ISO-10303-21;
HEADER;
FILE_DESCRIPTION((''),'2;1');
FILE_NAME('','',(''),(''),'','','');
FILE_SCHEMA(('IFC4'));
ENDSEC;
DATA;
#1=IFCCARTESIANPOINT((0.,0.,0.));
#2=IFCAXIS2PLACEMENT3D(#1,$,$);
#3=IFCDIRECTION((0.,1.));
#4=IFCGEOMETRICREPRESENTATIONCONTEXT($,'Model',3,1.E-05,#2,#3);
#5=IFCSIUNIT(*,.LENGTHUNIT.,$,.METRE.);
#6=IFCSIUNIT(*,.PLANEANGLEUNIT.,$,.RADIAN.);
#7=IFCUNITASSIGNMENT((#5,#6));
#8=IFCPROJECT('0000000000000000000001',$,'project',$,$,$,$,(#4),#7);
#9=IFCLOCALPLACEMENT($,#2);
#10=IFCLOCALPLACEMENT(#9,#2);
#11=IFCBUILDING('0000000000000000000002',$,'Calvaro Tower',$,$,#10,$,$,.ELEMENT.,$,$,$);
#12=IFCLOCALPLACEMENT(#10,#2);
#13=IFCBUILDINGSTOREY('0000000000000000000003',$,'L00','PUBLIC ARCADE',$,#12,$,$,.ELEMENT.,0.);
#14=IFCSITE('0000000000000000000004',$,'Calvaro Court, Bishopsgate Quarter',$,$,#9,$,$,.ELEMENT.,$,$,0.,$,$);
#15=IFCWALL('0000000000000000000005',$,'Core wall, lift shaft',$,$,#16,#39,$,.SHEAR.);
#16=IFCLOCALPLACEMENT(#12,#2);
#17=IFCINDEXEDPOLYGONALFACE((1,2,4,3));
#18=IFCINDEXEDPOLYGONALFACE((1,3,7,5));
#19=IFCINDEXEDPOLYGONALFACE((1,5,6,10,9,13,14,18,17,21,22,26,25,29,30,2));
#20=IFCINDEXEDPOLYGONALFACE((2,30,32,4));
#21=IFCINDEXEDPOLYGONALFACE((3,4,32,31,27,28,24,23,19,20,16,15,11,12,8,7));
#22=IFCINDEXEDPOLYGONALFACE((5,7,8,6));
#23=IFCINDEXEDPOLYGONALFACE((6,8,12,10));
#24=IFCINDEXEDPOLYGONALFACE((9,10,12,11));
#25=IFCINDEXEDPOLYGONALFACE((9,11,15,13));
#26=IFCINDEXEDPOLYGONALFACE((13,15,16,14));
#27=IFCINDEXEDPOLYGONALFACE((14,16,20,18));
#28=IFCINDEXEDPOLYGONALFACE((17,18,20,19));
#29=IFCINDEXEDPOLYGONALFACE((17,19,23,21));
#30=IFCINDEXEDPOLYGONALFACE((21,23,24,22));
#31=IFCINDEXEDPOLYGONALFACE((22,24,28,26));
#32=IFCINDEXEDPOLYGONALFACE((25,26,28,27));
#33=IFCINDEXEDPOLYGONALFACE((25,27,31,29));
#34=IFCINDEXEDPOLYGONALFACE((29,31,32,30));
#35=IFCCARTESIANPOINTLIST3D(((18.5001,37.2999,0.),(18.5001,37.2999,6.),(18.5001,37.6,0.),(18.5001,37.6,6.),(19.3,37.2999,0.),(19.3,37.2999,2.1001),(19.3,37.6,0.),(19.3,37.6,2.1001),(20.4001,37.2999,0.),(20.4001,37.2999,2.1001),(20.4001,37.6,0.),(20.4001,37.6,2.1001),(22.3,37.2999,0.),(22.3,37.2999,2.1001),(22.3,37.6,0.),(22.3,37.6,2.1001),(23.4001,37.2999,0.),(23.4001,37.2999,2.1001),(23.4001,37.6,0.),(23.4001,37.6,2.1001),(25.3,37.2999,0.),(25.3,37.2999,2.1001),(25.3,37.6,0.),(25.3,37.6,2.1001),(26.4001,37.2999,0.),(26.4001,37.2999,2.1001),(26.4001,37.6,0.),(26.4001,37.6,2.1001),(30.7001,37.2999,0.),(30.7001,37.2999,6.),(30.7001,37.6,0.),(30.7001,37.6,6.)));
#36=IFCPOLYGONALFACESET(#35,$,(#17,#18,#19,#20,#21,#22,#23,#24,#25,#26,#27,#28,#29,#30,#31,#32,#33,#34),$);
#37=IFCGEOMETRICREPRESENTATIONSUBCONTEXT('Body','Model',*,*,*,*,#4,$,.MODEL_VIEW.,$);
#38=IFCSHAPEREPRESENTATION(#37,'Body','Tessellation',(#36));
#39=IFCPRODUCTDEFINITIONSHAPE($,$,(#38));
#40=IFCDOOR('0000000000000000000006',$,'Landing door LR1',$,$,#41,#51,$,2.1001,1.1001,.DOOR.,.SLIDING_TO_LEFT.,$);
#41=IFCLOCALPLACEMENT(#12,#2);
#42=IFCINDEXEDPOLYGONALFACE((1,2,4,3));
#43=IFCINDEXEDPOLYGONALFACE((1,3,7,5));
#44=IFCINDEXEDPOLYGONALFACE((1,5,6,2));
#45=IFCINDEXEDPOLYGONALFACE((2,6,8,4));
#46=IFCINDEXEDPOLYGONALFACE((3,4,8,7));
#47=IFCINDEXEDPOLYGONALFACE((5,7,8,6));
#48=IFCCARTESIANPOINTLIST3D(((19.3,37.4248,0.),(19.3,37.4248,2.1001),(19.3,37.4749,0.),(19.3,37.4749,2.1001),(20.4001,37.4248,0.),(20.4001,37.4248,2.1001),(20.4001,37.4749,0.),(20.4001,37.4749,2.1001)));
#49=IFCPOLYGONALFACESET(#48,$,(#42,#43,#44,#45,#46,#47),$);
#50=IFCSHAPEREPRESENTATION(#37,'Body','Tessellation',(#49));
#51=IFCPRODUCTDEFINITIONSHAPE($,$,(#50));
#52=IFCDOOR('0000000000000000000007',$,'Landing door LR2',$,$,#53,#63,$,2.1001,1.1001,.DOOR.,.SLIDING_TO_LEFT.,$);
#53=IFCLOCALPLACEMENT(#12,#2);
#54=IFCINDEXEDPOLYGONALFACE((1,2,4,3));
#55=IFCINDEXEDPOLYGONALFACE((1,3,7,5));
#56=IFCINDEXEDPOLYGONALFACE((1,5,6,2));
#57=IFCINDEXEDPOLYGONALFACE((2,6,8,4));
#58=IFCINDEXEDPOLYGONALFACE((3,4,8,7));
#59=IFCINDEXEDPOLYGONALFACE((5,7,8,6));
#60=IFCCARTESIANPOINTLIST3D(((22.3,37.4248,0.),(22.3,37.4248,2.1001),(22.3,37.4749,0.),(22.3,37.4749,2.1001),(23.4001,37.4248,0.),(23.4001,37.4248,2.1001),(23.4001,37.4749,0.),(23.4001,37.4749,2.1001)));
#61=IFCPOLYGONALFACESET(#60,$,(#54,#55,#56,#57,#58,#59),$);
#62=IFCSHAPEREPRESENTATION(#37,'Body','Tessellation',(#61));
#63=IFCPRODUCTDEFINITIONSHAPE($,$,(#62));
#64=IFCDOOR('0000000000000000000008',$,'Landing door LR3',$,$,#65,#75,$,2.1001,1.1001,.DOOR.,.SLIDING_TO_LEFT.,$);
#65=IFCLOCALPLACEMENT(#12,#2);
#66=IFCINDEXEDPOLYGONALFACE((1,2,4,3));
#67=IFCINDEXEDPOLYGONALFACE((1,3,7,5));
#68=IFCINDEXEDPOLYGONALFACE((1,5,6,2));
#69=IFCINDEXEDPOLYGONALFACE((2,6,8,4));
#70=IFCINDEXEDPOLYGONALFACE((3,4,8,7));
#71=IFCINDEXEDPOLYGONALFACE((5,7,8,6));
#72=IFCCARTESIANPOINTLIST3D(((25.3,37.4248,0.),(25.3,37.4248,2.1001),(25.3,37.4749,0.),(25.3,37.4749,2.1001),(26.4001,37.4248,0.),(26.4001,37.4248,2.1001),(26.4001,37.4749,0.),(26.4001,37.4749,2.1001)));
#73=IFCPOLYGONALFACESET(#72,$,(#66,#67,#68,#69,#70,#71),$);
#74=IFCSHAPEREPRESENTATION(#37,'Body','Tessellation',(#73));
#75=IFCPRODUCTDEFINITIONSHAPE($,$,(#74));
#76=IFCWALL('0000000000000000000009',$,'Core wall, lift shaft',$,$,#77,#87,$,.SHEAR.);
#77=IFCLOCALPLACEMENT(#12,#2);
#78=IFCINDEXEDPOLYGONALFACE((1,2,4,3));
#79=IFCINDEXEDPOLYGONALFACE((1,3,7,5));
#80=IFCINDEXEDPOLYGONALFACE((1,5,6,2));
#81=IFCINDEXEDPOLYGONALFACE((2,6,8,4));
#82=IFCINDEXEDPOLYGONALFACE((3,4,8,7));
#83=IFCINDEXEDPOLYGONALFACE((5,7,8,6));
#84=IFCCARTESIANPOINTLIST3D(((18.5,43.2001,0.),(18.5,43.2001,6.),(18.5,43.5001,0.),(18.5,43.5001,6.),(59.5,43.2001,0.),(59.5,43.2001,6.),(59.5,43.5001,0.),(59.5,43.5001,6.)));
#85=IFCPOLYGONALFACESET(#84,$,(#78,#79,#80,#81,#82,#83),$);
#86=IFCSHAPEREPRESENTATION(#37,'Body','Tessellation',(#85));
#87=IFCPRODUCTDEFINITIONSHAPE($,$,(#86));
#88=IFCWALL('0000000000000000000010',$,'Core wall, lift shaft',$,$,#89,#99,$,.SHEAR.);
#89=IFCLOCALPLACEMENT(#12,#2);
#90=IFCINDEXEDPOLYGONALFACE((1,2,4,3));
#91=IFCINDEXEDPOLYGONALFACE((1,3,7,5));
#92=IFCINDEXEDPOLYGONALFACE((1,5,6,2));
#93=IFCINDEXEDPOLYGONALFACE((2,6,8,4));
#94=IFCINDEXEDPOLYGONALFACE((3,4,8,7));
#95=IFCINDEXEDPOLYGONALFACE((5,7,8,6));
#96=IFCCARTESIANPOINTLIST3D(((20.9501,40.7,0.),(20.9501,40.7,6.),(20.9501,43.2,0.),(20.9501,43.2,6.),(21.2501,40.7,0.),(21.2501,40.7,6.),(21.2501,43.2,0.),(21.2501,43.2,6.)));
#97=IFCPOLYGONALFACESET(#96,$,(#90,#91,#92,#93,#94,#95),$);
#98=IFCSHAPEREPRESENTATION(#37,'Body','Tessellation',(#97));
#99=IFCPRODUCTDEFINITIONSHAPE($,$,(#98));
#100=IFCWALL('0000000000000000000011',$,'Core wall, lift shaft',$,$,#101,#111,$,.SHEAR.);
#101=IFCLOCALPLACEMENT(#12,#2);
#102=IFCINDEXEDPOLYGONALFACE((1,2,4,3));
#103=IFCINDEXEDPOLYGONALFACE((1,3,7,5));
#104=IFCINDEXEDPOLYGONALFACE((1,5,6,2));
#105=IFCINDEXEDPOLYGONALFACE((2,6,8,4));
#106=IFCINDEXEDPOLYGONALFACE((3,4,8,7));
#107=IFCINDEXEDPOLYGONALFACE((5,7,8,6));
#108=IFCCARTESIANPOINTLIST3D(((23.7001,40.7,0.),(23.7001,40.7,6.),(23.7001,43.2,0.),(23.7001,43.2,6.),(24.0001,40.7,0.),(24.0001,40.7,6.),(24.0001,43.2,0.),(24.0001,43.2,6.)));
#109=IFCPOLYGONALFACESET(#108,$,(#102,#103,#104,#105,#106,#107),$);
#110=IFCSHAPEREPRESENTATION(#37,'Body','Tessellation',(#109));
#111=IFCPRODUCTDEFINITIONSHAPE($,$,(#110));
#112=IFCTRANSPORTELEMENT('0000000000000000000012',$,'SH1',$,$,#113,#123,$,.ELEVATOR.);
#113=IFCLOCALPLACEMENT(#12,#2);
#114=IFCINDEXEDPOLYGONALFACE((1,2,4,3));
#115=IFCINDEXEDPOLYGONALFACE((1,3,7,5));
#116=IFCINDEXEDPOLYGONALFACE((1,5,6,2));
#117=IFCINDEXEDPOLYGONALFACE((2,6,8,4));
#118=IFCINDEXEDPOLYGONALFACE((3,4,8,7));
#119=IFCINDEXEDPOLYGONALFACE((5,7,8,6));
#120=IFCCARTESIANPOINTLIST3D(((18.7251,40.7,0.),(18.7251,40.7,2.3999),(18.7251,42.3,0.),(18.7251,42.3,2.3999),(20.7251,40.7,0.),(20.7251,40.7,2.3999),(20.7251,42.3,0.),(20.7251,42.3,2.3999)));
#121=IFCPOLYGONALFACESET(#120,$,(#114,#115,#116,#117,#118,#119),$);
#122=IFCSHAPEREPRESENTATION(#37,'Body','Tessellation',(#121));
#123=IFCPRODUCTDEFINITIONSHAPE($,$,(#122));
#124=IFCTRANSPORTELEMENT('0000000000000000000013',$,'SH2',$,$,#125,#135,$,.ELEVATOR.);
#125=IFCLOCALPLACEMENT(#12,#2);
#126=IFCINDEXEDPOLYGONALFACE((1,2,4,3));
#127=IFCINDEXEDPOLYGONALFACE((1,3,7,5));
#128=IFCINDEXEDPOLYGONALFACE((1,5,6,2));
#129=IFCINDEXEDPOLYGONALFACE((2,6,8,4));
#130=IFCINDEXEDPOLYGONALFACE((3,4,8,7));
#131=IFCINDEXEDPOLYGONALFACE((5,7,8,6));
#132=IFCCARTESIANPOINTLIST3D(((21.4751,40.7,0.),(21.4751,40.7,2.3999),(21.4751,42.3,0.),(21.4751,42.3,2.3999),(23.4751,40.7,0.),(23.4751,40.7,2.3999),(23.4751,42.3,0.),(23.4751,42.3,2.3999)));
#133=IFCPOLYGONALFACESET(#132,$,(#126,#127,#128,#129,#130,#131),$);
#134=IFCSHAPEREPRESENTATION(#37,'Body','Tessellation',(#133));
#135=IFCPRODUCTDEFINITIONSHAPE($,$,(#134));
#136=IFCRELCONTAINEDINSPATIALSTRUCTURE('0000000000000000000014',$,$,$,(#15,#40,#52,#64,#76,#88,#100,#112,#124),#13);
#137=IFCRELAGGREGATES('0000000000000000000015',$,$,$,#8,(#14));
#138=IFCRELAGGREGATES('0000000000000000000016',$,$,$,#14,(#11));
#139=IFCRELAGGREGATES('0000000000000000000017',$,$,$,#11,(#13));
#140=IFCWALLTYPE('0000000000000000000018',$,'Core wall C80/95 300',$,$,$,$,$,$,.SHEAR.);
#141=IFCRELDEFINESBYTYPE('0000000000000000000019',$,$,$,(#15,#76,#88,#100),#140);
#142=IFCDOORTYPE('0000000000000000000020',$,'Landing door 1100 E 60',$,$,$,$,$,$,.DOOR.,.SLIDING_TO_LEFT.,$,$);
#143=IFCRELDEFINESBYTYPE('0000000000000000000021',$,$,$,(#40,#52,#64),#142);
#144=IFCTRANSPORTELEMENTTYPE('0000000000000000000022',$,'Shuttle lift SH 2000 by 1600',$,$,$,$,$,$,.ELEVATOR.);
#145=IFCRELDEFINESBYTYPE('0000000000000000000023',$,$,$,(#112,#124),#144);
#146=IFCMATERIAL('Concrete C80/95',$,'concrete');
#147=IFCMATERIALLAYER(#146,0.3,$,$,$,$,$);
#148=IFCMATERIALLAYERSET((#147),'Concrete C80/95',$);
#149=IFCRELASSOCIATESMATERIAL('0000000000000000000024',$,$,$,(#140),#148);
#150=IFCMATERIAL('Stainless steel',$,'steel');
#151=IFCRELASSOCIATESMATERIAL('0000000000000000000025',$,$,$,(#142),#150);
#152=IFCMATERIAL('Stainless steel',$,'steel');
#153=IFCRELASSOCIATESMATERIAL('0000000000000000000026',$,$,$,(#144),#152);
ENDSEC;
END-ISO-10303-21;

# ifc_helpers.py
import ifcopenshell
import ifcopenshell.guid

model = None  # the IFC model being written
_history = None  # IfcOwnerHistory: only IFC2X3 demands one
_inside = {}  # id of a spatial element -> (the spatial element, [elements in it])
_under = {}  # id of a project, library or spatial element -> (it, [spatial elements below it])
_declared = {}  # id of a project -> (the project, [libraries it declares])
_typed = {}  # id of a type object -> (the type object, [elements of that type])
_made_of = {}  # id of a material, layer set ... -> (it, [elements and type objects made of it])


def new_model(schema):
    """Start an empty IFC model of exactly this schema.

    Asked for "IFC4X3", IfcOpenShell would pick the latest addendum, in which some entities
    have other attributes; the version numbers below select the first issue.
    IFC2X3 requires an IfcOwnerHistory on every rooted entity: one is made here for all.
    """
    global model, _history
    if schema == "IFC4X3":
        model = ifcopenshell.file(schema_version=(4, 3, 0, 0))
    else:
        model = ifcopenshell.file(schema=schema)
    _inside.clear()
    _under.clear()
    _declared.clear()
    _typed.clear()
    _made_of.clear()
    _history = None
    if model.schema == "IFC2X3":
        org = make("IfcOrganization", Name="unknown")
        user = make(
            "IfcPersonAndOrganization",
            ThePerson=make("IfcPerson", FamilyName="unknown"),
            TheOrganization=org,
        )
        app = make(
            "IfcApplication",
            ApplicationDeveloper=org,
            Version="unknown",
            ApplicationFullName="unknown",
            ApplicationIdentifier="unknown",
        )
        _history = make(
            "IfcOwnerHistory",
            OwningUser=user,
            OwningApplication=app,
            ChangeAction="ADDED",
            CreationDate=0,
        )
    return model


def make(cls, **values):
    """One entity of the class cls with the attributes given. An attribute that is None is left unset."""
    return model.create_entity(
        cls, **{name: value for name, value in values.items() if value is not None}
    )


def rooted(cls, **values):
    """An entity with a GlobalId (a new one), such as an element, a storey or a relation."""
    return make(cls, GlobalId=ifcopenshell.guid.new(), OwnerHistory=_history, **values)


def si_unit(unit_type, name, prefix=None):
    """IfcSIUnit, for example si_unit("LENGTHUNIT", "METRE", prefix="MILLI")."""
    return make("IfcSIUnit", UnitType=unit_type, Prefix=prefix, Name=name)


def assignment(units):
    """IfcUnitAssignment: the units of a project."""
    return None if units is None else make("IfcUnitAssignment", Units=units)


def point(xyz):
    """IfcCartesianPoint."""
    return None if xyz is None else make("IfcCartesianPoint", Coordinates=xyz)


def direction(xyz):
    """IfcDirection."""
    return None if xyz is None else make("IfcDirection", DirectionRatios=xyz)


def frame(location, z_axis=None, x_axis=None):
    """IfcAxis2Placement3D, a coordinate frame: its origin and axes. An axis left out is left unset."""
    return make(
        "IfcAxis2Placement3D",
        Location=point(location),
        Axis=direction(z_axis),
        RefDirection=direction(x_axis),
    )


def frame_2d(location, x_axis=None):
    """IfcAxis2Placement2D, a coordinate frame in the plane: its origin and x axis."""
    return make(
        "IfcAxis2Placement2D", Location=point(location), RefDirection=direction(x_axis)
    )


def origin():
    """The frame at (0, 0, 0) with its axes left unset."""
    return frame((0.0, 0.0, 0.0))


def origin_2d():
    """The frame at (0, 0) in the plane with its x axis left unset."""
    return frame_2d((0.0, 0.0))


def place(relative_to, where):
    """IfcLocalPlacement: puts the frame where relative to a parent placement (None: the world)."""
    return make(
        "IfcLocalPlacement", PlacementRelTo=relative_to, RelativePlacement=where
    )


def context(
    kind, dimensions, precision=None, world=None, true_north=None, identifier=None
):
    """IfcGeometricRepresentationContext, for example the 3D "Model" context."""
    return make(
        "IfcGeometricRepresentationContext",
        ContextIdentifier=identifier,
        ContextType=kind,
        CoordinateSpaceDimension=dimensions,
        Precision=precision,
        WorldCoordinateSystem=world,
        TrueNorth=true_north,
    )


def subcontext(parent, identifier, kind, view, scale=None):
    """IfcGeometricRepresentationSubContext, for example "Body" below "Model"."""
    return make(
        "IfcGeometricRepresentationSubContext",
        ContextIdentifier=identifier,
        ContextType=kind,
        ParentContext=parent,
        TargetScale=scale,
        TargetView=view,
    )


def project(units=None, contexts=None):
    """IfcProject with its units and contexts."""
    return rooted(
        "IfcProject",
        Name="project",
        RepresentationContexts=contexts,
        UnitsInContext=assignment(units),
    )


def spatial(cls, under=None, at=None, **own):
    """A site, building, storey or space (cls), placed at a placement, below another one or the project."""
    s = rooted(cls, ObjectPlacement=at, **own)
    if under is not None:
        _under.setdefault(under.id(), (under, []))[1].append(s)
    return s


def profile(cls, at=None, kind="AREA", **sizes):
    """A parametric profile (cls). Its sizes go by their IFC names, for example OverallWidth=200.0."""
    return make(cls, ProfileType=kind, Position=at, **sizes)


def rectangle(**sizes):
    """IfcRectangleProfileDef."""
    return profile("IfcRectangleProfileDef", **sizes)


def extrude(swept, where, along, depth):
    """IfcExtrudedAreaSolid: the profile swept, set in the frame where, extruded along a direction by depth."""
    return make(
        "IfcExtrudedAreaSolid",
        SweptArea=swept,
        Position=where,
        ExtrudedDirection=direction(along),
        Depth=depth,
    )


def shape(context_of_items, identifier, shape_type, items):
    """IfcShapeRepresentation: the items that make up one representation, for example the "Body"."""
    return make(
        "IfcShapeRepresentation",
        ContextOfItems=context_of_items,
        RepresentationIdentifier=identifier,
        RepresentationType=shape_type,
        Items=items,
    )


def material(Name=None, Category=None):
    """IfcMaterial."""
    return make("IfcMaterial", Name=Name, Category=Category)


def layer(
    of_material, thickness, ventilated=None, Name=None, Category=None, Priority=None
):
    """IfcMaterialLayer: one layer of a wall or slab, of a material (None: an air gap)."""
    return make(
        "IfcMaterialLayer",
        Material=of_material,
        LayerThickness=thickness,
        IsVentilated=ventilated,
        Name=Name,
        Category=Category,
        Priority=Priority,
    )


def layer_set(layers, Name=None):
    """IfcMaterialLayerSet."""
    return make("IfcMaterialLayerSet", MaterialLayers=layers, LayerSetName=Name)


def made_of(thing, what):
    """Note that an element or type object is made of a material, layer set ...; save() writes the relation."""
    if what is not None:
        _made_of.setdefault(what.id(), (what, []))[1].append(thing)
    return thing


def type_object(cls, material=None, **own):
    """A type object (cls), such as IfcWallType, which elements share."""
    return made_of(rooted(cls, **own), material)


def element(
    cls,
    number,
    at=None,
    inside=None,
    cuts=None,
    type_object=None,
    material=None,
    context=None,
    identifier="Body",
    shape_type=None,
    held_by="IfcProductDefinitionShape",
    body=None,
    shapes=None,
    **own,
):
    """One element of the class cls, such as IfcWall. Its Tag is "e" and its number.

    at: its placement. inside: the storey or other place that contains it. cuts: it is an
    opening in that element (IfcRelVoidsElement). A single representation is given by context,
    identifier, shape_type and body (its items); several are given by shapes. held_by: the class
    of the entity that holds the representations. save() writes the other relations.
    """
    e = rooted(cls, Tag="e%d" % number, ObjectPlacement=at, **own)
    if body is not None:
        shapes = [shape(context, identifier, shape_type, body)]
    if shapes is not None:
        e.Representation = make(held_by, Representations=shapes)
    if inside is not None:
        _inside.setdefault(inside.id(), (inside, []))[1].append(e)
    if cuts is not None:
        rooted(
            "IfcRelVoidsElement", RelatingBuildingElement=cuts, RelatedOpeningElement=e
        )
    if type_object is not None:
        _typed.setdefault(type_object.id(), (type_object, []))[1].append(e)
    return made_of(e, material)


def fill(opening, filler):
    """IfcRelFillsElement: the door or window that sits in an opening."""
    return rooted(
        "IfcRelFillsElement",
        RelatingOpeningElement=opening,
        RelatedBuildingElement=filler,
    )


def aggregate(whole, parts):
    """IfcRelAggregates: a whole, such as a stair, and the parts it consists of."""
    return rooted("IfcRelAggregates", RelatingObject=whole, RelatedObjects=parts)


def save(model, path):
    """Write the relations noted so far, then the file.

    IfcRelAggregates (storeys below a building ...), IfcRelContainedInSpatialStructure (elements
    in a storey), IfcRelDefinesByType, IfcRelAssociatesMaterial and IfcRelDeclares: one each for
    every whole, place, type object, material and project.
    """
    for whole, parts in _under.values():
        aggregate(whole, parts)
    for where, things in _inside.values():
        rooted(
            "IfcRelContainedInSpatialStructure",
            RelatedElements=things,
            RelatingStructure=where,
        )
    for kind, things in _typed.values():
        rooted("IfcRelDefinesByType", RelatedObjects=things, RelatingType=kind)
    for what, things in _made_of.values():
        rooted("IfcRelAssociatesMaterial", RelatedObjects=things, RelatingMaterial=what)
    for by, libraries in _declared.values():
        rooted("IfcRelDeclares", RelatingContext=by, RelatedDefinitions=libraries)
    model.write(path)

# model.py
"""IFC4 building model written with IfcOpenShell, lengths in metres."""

from ifc_helpers import new_model, si_unit, direction, frame, frame_2d, origin, origin_2d, place, context, subcontext, project, spatial, rectangle, extrude, material, layer, layer_set, type_object, element, fill, save


model = new_model("IFC4")

# Units and contexts
model_context = context("Model", 3, precision=1e-05, world=origin(), true_north=direction((0.0, 1.0)))
body_context = subcontext(model_context, "Body", "Model", "MODEL_VIEW")
ifc_project = project(units=[si_unit("LENGTHUNIT", "METRE"), si_unit("PLANEANGLEUNIT", "RADIAN")], contexts=[model_context])

# Site, building, storey
site_placement = place(None, origin())
site = spatial("IfcSite", under=ifc_project, at=site_placement, Name="Calvaro Court, Bishopsgate Quarter", CompositionType="ELEMENT", RefElevation=0.0)
building_placement = place(site_placement, origin())
building = spatial("IfcBuilding", under=site, at=building_placement, Name="Calvaro Tower", CompositionType="ELEMENT")
storey_placement = place(building_placement, origin())
storey = spatial("IfcBuildingStorey", under=building, at=storey_placement, Name="L00", Description="PUBLIC ARCADE", CompositionType="ELEMENT", Elevation=0.0)

# Wall, openings, doors
ifc_material_1 = material(Name="Concrete C80/95", Category="concrete")
ifc_layer = layer(ifc_material_1, 0.3)
ifc_layer_set = layer_set([ifc_layer], Name="Concrete C80/95")
wall_type = type_object("IfcWallType", Name="Core wall C80/95 300", PredefinedType="SHEAR", material=ifc_layer_set)
wall_1_placement = place(storey_placement, frame((18.5, 37.45, 0.0), z_axis=(0.0, 0.0, 1.0), x_axis=(1.0, 0.0, 0.0)))
wall_1 = element("IfcWall", 1, at=wall_1_placement, inside=storey, type_object=wall_type, Name="Core wall, lift shaft", PredefinedType="SHEAR", context=body_context, shape_type="SweptSolid", body=[
    extrude(rectangle(XDim=12.2, YDim=0.3, at=frame_2d((6.1001, 0.0))), origin(), (0.0, 0.0, 1.0), 6.0),
])
opening_1_placement = place(wall_1_placement, frame((0.8, 0.0, 0.0)))
opening_1 = element("IfcOpeningElement", 2, at=opening_1_placement, cuts=wall_1, PredefinedType="OPENING", context=body_context, shape_type="SweptSolid", body=[
    extrude(rectangle(XDim=1.1001, YDim=2.1001, at=frame_2d((0.55, 1.05))), frame((0.0, 0.1599, 0.0), z_axis=(0.0, -1.0, 0.0), x_axis=(1.0, 0.0, 0.0)), (0.0, 0.0, 1.0), 0.3201),
])
opening_2_placement = place(wall_1_placement, frame((3.8, 0.0, 0.0)))
opening_2 = element("IfcOpeningElement", 3, at=opening_2_placement, cuts=wall_1, PredefinedType="OPENING", context=body_context, shape_type="SweptSolid", body=[
    extrude(rectangle(XDim=1.1001, YDim=2.1001, at=frame_2d((0.55, 1.05))), frame((0.0, 0.1599, 0.0), z_axis=(0.0, -1.0, 0.0), x_axis=(1.0, 0.0, 0.0)), (0.0, 0.0, 1.0), 0.3201),
])
opening_3_placement = place(wall_1_placement, frame((6.8, 0.0, 0.0)))
opening_3 = element("IfcOpeningElement", 4, at=opening_3_placement, cuts=wall_1, PredefinedType="OPENING", context=body_context, shape_type="SweptSolid", body=[
    extrude(rectangle(XDim=1.1001, YDim=2.1001, at=frame_2d((0.55, 1.05))), frame((0.0, 0.1599, 0.0), z_axis=(0.0, -1.0, 0.0), x_axis=(1.0, 0.0, 0.0)), (0.0, 0.0, 1.0), 0.3201),
])
ifc_material_2 = material(Name="Stainless steel", Category="steel")
door_type_1 = type_object("IfcDoorType", Name="Landing door 1100 E 60", OperationType="SLIDING_TO_LEFT", PredefinedType="DOOR", material=ifc_material_2)
door_1_placement = place(opening_1_placement, origin())
door_1 = element("IfcDoor", 5, at=door_1_placement, inside=storey, type_object=door_type_1, Name="Landing door LR1", OperationType="SLIDING_TO_LEFT", OverallHeight=2.1001, OverallWidth=1.1001, PredefinedType="DOOR", context=body_context, shape_type="SweptSolid", body=[
    extrude(rectangle(XDim=1.1001, YDim=2.1001, at=frame_2d((0.55, 1.05))), frame((0.0, 0.0249, 0.0), z_axis=(0.0, -1.0, 0.0), x_axis=(1.0, 0.0, 0.0)), (0.0, 0.0, 1.0), 0.05),
])
fill(opening_1, door_1)
door_2_placement = place(opening_2_placement, origin())
door_2 = element("IfcDoor", 6, at=door_2_placement, inside=storey, type_object=door_type_1, Name="Landing door LR2", OperationType="SLIDING_TO_LEFT", OverallHeight=2.1001, OverallWidth=1.1001, PredefinedType="DOOR", context=body_context, shape_type="SweptSolid", body=[
    extrude(rectangle(XDim=1.1001, YDim=2.1001, at=frame_2d((0.55, 1.05))), frame((0.0, 0.0249, 0.0), z_axis=(0.0, -1.0, 0.0), x_axis=(1.0, 0.0, 0.0)), (0.0, 0.0, 1.0), 0.05),
])
fill(opening_2, door_2)
door_3_placement = place(opening_3_placement, origin())
door_3 = element("IfcDoor", 7, at=door_3_placement, inside=storey, type_object=door_type_1, Name="Landing door LR3", OperationType="SLIDING_TO_LEFT", OverallHeight=2.1001, OverallWidth=1.1001, PredefinedType="DOOR", context=body_context, shape_type="SweptSolid", body=[
    extrude(rectangle(XDim=1.1001, YDim=2.1001, at=frame_2d((0.55, 1.05))), frame((0.0, 0.0249, 0.0), z_axis=(0.0, -1.0, 0.0), x_axis=(1.0, 0.0, 0.0)), (0.0, 0.0, 1.0), 0.05),
])
fill(opening_3, door_3)

# Walls
wall_2_placement = place(storey_placement, frame((18.5, 43.3501, 0.0), z_axis=(0.0, 0.0, 1.0), x_axis=(1.0, 0.0, 0.0)))
element("IfcWall", 8, at=wall_2_placement, inside=storey, type_object=wall_type, Name="Core wall, lift shaft", PredefinedType="SHEAR", context=body_context, shape_type="SweptSolid", body=[
    extrude(rectangle(XDim=41.0, YDim=0.3, at=frame_2d((20.5, 0.0))), origin(), (0.0, 0.0, 1.0), 6.0),
])
for number, where, z_axis, x_axis, name in (
    (9, (21.1001, 40.7, 0.0), (0.0, 0.0, 1.0), (0.0, 1.0, 0.0), "Core wall, lift shaft"),
    (10, (23.8501, 40.7, 0.0), (0.0, 0.0, 1.0), (0.0, 1.0, 0.0), "Core wall, lift shaft"),
):
    element("IfcWall", number, at=place(storey_placement, frame(where, z_axis=z_axis, x_axis=x_axis)), inside=storey, type_object=wall_type, Name=name, PredefinedType="SHEAR", context=body_context, shape_type="SweptSolid", body=[
        extrude(rectangle(XDim=2.5, YDim=0.3, at=frame_2d((1.25, 0.0))), origin(), (0.0, 0.0, 1.0), 6.0),
    ])

# Transport elements
ifc_material_3 = material(Name="Stainless steel", Category="steel")
transport_element_type = type_object("IfcTransportElementType", Name="Shuttle lift SH 2000 by 1600", PredefinedType="ELEVATOR", material=ifc_material_3)
for number, where, z_axis, x_axis, name in (
    (11, (19.7251, 41.5, 0.0), (0.0, 0.0, 1.0), (1.0, 0.0, 0.0), "SH1"),
    (12, (22.4751, 41.5, 0.0), (0.0, 0.0, 1.0), (1.0, 0.0, 0.0), "SH2"),
):
    element("IfcTransportElement", number, at=place(storey_placement, frame(where, z_axis=z_axis, x_axis=x_axis)), inside=storey, type_object=transport_element_type, Name=name, PredefinedType="ELEVATOR", context=body_context, shape_type="SweptSolid", body=[
        extrude(rectangle(XDim=2.0, YDim=1.6001, at=origin_2d()), origin(), (0.0, 0.0, 1.0), 2.3999),
    ])

save(model, "model.ifc")
